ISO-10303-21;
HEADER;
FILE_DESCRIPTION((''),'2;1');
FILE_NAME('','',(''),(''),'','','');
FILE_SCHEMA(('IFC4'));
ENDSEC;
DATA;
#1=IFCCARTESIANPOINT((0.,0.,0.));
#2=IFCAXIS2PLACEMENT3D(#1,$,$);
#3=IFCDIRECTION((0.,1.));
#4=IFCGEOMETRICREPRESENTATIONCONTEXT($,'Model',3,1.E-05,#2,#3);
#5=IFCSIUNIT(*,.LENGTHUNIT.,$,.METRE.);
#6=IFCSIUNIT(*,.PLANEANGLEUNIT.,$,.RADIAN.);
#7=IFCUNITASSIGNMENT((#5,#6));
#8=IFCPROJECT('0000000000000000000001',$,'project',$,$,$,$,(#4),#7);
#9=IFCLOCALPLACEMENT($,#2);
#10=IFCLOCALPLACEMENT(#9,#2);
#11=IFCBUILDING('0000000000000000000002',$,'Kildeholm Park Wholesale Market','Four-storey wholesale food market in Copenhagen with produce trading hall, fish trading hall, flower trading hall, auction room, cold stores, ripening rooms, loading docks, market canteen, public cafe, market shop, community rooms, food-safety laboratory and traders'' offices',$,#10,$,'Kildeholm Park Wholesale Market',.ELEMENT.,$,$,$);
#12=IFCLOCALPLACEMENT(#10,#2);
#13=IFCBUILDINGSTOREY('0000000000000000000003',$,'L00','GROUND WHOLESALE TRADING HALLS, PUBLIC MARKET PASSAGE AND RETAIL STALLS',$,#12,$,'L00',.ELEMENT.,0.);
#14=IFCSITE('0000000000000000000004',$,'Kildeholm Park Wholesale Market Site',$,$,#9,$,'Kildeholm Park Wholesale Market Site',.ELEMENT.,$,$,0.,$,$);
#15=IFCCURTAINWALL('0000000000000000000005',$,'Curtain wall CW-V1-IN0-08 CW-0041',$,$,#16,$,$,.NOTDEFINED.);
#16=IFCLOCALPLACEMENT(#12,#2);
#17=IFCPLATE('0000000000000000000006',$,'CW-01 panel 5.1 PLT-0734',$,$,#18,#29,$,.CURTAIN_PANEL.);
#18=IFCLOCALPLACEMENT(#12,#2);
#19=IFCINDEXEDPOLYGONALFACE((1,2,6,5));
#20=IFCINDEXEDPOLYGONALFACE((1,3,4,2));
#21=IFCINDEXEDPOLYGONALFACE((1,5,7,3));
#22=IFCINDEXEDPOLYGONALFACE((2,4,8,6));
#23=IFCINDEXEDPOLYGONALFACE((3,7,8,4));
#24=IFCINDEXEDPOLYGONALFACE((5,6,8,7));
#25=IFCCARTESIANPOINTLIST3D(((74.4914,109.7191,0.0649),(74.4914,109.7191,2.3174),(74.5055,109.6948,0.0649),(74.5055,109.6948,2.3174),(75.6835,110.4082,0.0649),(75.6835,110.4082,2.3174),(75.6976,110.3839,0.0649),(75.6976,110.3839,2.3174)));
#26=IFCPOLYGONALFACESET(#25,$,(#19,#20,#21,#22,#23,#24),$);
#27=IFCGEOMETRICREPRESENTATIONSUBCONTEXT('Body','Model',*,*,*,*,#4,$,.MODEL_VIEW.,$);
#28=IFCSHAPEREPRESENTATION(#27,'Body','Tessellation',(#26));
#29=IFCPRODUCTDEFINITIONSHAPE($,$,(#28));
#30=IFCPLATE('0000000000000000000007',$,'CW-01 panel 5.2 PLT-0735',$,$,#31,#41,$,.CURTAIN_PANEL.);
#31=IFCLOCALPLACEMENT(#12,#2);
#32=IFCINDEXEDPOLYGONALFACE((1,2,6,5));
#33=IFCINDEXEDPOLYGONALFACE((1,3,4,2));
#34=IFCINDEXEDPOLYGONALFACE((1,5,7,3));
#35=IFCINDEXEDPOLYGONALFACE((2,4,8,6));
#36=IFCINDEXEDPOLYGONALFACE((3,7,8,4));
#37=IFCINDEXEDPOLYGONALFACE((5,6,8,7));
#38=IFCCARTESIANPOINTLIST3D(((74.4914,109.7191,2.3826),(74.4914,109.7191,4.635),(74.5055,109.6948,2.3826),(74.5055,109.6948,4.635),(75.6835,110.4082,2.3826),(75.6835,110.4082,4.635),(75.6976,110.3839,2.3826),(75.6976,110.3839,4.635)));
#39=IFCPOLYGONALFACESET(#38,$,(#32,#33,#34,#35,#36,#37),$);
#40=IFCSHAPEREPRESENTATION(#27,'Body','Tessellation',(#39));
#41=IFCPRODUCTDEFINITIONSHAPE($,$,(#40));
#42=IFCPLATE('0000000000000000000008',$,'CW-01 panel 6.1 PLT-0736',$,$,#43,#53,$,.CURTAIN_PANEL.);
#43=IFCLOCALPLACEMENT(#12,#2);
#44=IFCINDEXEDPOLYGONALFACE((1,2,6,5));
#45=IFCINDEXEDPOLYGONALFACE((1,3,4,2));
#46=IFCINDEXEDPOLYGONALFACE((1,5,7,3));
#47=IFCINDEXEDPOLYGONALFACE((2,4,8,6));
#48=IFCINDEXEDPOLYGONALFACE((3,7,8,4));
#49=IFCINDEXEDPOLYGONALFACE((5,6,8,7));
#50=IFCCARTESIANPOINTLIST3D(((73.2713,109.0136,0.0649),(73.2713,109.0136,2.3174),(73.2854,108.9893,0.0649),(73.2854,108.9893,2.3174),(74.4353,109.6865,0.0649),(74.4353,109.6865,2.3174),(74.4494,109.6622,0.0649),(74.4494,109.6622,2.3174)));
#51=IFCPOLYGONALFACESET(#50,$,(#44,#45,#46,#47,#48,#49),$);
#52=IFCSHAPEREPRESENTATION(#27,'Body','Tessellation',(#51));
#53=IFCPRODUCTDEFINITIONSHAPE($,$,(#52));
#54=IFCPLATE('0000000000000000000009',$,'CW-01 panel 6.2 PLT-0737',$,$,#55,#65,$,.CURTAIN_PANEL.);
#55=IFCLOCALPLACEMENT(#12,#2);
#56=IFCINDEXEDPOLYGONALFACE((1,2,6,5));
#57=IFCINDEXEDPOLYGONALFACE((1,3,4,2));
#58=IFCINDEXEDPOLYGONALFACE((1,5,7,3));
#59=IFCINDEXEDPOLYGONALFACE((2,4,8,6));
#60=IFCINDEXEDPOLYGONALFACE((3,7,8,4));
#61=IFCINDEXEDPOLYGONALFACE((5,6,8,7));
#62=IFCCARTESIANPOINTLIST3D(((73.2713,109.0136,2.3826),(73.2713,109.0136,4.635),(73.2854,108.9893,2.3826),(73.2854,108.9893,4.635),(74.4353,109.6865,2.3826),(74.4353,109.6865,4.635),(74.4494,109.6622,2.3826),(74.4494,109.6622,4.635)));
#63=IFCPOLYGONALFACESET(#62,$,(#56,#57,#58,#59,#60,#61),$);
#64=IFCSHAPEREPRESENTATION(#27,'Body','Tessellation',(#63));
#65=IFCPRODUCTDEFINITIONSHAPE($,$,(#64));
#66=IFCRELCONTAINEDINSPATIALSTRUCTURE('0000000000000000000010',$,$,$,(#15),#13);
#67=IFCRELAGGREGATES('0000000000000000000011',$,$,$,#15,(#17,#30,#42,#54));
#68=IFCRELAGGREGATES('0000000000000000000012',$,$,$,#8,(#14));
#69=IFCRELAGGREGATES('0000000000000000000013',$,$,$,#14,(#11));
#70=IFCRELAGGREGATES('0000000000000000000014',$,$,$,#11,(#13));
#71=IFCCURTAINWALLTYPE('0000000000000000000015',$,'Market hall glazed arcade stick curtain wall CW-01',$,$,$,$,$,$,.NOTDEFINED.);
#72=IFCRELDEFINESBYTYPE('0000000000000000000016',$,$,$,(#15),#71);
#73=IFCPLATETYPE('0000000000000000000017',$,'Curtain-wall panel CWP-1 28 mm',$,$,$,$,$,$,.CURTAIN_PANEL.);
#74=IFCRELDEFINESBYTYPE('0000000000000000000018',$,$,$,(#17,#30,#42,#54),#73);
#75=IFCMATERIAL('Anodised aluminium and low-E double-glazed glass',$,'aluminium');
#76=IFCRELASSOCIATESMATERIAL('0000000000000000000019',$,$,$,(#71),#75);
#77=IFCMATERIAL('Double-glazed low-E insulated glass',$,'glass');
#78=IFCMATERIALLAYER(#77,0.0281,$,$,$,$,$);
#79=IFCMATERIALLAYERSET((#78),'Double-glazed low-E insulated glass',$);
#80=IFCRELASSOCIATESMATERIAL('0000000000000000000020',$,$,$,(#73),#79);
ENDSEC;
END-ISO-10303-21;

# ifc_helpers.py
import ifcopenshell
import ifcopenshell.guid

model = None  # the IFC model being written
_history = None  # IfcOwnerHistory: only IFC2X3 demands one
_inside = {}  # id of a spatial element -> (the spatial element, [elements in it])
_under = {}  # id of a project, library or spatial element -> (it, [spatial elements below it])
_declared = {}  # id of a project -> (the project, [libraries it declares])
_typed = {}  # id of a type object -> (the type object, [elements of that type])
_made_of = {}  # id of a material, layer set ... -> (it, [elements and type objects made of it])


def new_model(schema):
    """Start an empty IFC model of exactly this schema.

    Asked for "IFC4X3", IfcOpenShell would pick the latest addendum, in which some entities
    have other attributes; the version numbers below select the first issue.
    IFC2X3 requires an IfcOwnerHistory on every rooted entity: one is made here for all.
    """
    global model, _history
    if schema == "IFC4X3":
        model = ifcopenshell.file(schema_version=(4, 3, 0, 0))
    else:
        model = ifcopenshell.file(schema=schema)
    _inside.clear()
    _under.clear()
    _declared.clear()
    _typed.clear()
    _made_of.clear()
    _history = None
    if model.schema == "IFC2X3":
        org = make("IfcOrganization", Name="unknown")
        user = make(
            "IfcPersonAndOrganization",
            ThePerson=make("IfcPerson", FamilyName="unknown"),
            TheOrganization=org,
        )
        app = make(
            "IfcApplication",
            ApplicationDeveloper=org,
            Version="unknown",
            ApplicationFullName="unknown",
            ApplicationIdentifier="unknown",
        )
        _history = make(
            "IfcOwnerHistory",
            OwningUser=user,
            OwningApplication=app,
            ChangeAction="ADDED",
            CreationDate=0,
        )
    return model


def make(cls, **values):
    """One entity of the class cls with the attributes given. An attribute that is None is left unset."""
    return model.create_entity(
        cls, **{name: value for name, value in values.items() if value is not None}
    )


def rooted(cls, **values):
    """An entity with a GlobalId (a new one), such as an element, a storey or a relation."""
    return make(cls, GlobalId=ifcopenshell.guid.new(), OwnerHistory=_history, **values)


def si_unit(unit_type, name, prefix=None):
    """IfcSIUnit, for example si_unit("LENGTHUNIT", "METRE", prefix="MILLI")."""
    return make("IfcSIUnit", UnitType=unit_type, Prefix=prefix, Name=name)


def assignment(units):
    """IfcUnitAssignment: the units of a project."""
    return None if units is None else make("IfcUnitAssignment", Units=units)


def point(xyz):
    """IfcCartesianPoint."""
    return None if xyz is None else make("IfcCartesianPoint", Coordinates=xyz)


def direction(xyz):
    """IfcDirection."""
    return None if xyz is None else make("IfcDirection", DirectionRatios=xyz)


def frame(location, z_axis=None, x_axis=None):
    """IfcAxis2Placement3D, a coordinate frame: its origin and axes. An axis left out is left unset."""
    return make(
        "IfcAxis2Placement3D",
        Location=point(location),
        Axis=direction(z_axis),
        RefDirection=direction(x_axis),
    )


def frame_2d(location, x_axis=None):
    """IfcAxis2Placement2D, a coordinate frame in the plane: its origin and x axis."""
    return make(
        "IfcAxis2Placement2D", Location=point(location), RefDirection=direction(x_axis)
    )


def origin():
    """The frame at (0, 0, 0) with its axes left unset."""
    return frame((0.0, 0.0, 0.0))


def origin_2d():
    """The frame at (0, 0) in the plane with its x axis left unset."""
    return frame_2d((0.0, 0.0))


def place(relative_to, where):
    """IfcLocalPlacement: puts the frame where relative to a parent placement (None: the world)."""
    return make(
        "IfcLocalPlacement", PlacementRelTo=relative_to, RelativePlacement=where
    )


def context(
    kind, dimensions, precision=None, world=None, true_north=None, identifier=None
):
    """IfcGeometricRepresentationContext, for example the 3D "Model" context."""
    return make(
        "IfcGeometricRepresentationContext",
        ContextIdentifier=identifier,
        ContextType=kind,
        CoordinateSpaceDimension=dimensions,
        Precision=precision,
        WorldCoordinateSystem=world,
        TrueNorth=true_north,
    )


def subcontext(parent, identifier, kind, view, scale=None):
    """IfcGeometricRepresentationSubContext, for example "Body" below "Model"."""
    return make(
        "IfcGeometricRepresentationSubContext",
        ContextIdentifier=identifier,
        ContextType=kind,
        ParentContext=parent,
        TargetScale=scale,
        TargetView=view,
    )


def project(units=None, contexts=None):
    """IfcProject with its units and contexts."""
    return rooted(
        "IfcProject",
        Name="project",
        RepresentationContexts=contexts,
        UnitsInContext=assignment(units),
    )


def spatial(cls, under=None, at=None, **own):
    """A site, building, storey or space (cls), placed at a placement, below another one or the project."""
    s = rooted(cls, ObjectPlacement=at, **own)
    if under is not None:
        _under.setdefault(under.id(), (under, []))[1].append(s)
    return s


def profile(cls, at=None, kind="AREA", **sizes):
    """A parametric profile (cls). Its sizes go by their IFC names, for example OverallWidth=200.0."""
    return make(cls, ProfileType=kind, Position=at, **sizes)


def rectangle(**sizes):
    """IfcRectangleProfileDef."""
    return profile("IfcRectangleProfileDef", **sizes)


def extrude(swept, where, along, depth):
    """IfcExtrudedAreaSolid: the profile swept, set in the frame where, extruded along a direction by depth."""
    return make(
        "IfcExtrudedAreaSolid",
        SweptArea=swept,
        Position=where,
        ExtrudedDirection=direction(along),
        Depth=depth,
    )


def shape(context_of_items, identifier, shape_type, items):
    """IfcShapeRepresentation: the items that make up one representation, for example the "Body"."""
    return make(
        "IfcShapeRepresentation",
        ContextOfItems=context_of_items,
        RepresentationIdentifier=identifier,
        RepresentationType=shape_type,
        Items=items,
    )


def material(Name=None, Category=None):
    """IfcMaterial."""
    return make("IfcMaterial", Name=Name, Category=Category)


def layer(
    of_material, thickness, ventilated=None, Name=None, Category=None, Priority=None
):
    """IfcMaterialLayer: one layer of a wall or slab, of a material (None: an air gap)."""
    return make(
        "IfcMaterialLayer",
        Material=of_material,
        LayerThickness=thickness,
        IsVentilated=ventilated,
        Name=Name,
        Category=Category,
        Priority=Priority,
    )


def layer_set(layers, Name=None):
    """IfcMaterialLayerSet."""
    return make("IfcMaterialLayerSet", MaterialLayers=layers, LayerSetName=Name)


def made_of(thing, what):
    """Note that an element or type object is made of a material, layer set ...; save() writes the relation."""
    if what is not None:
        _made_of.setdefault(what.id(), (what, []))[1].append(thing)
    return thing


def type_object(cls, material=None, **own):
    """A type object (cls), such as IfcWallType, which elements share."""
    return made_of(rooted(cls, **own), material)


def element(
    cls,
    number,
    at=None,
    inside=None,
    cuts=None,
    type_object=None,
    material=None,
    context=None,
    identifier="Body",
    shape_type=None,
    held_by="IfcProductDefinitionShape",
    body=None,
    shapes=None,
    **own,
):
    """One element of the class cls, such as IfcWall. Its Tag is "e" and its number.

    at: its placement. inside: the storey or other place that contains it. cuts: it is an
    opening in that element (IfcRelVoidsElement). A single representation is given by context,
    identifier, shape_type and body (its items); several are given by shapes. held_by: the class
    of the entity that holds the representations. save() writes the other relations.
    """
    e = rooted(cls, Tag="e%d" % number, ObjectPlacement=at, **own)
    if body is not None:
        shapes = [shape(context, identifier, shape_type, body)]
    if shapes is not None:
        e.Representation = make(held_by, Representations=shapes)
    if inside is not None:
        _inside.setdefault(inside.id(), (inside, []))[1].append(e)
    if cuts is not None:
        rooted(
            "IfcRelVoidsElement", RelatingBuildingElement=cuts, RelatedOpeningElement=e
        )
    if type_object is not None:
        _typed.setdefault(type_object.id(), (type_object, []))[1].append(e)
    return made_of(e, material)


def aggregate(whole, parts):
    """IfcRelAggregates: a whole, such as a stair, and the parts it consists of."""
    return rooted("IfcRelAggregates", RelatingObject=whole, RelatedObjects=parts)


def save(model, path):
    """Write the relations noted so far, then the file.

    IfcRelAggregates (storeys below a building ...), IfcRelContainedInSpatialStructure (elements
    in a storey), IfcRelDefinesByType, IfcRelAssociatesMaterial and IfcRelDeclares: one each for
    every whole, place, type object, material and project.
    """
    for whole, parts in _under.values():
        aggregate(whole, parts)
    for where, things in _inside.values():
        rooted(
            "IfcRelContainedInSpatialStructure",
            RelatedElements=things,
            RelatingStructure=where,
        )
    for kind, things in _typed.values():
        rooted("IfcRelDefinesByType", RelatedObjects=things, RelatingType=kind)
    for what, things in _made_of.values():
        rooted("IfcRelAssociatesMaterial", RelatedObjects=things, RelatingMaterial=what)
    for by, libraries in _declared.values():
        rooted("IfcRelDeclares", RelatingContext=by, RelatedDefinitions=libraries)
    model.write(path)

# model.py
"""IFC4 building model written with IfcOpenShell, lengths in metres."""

from ifc_helpers import new_model, si_unit, direction, frame, origin, origin_2d, place, context, subcontext, project, spatial, rectangle, extrude, material, layer, layer_set, type_object, element, aggregate, save


model = new_model("IFC4")

# Units and contexts
model_context = context("Model", 3, precision=1e-05, world=origin(), true_north=direction((0.0, 1.0)))
body_context = subcontext(model_context, "Body", "Model", "MODEL_VIEW")
ifc_project = project(units=[si_unit("LENGTHUNIT", "METRE"), si_unit("PLANEANGLEUNIT", "RADIAN")], contexts=[model_context])

# Site, building, storey
site_placement = place(None, origin())
site = spatial("IfcSite", under=ifc_project, at=site_placement, Name="Kildeholm Park Wholesale Market Site", LongName="Kildeholm Park Wholesale Market Site", CompositionType="ELEMENT", RefElevation=0.0)
building_placement = place(site_placement, origin())
building = spatial("IfcBuilding", under=site, at=building_placement, Name="Kildeholm Park Wholesale Market", Description="Four-storey wholesale food market in Copenhagen with produce trading hall, fish trading hall, flower trading hall, auction room, cold stores, ripening rooms, loading docks, market canteen, public cafe, market shop, community rooms, food-safety laboratory and traders' offices", LongName="Kildeholm Park Wholesale Market", CompositionType="ELEMENT")
storey_placement = place(building_placement, origin())
storey = spatial("IfcBuildingStorey", under=building, at=storey_placement, Name="L00", Description="GROUND WHOLESALE TRADING HALLS, PUBLIC MARKET PASSAGE AND RETAIL STALLS", LongName="L00", CompositionType="ELEMENT", Elevation=0.0)

# Curtain wall, plates
ifc_material_1 = material(Name="Anodised aluminium and low-E double-glazed glass", Category="aluminium")
curtain_wall_type = type_object("IfcCurtainWallType", Name="Market hall glazed arcade stick curtain wall CW-01", PredefinedType="NOTDEFINED", material=ifc_material_1)
curtain_wall_placement = place(storey_placement, origin())
curtain_wall = element("IfcCurtainWall", 1, at=curtain_wall_placement, inside=storey, type_object=curtain_wall_type, Name="Curtain wall CW-V1-IN0-08 CW-0041", PredefinedType="NOTDEFINED")
ifc_material_2 = material(Name="Double-glazed low-E insulated glass", Category="glass")
ifc_layer_1 = layer(ifc_material_2, 0.0281)
ifc_layer_set_1 = layer_set([ifc_layer_1], Name="Double-glazed low-E insulated glass")
plate_type = type_object("IfcPlateType", Name="Curtain-wall panel CWP-1 28 mm", PredefinedType="CURTAIN_PANEL", material=ifc_layer_set_1)
plate_1_placement = place(storey_placement, frame((75.0945, 110.0515, 0.0649), z_axis=(0.0, 0.0, 1.0), x_axis=(-0.865743, -0.500489, 0.0)))
plate_1 = element("IfcPlate", 2, at=plate_1_placement, type_object=plate_type, Name="CW-01 panel 5.1 PLT-0734", PredefinedType="CURTAIN_PANEL", context=body_context, shape_type="SweptSolid", body=[
    extrude(rectangle(XDim=1.377, YDim=0.0281, at=origin_2d()), origin(), (0.0, 0.0, 1.0), 2.2524),
])
plate_2_placement = place(storey_placement, frame((75.0945, 110.0515, 2.3826), z_axis=(0.0, 0.0, 1.0), x_axis=(-0.865743, -0.500489, 0.0)))
plate_2 = element("IfcPlate", 3, at=plate_2_placement, type_object=plate_type, Name="CW-01 panel 5.2 PLT-0735", PredefinedType="CURTAIN_PANEL", context=body_context, shape_type="SweptSolid", body=[
    extrude(rectangle(XDim=1.377, YDim=0.0281, at=origin_2d()), origin(), (0.0, 0.0, 1.0), 2.2524),
])
plate_3_placement = place(storey_placement, frame((73.8604, 109.3379, 0.0649), z_axis=(0.0, 0.0, 1.0), x_axis=(-0.865743, -0.500489, 0.0)))
plate_3 = element("IfcPlate", 4, at=plate_3_placement, type_object=plate_type, Name="CW-01 panel 6.1 PLT-0736", PredefinedType="CURTAIN_PANEL", context=body_context, shape_type="SweptSolid", body=[
    extrude(rectangle(XDim=1.3445, YDim=0.0281, at=origin_2d()), origin(), (0.0, 0.0, 1.0), 2.2524),
])
plate_4_placement = place(storey_placement, frame((73.8604, 109.3379, 2.3826), z_axis=(0.0, 0.0, 1.0), x_axis=(-0.865743, -0.500489, 0.0)))
plate_4 = element("IfcPlate", 5, at=plate_4_placement, type_object=plate_type, Name="CW-01 panel 6.2 PLT-0737", PredefinedType="CURTAIN_PANEL", context=body_context, shape_type="SweptSolid", body=[
    extrude(rectangle(XDim=1.3445, YDim=0.0281, at=origin_2d()), origin(), (0.0, 0.0, 1.0), 2.2524),
])
aggregate(curtain_wall, [plate_1, plate_2, plate_3, plate_4])

save(model, "model.ifc")
